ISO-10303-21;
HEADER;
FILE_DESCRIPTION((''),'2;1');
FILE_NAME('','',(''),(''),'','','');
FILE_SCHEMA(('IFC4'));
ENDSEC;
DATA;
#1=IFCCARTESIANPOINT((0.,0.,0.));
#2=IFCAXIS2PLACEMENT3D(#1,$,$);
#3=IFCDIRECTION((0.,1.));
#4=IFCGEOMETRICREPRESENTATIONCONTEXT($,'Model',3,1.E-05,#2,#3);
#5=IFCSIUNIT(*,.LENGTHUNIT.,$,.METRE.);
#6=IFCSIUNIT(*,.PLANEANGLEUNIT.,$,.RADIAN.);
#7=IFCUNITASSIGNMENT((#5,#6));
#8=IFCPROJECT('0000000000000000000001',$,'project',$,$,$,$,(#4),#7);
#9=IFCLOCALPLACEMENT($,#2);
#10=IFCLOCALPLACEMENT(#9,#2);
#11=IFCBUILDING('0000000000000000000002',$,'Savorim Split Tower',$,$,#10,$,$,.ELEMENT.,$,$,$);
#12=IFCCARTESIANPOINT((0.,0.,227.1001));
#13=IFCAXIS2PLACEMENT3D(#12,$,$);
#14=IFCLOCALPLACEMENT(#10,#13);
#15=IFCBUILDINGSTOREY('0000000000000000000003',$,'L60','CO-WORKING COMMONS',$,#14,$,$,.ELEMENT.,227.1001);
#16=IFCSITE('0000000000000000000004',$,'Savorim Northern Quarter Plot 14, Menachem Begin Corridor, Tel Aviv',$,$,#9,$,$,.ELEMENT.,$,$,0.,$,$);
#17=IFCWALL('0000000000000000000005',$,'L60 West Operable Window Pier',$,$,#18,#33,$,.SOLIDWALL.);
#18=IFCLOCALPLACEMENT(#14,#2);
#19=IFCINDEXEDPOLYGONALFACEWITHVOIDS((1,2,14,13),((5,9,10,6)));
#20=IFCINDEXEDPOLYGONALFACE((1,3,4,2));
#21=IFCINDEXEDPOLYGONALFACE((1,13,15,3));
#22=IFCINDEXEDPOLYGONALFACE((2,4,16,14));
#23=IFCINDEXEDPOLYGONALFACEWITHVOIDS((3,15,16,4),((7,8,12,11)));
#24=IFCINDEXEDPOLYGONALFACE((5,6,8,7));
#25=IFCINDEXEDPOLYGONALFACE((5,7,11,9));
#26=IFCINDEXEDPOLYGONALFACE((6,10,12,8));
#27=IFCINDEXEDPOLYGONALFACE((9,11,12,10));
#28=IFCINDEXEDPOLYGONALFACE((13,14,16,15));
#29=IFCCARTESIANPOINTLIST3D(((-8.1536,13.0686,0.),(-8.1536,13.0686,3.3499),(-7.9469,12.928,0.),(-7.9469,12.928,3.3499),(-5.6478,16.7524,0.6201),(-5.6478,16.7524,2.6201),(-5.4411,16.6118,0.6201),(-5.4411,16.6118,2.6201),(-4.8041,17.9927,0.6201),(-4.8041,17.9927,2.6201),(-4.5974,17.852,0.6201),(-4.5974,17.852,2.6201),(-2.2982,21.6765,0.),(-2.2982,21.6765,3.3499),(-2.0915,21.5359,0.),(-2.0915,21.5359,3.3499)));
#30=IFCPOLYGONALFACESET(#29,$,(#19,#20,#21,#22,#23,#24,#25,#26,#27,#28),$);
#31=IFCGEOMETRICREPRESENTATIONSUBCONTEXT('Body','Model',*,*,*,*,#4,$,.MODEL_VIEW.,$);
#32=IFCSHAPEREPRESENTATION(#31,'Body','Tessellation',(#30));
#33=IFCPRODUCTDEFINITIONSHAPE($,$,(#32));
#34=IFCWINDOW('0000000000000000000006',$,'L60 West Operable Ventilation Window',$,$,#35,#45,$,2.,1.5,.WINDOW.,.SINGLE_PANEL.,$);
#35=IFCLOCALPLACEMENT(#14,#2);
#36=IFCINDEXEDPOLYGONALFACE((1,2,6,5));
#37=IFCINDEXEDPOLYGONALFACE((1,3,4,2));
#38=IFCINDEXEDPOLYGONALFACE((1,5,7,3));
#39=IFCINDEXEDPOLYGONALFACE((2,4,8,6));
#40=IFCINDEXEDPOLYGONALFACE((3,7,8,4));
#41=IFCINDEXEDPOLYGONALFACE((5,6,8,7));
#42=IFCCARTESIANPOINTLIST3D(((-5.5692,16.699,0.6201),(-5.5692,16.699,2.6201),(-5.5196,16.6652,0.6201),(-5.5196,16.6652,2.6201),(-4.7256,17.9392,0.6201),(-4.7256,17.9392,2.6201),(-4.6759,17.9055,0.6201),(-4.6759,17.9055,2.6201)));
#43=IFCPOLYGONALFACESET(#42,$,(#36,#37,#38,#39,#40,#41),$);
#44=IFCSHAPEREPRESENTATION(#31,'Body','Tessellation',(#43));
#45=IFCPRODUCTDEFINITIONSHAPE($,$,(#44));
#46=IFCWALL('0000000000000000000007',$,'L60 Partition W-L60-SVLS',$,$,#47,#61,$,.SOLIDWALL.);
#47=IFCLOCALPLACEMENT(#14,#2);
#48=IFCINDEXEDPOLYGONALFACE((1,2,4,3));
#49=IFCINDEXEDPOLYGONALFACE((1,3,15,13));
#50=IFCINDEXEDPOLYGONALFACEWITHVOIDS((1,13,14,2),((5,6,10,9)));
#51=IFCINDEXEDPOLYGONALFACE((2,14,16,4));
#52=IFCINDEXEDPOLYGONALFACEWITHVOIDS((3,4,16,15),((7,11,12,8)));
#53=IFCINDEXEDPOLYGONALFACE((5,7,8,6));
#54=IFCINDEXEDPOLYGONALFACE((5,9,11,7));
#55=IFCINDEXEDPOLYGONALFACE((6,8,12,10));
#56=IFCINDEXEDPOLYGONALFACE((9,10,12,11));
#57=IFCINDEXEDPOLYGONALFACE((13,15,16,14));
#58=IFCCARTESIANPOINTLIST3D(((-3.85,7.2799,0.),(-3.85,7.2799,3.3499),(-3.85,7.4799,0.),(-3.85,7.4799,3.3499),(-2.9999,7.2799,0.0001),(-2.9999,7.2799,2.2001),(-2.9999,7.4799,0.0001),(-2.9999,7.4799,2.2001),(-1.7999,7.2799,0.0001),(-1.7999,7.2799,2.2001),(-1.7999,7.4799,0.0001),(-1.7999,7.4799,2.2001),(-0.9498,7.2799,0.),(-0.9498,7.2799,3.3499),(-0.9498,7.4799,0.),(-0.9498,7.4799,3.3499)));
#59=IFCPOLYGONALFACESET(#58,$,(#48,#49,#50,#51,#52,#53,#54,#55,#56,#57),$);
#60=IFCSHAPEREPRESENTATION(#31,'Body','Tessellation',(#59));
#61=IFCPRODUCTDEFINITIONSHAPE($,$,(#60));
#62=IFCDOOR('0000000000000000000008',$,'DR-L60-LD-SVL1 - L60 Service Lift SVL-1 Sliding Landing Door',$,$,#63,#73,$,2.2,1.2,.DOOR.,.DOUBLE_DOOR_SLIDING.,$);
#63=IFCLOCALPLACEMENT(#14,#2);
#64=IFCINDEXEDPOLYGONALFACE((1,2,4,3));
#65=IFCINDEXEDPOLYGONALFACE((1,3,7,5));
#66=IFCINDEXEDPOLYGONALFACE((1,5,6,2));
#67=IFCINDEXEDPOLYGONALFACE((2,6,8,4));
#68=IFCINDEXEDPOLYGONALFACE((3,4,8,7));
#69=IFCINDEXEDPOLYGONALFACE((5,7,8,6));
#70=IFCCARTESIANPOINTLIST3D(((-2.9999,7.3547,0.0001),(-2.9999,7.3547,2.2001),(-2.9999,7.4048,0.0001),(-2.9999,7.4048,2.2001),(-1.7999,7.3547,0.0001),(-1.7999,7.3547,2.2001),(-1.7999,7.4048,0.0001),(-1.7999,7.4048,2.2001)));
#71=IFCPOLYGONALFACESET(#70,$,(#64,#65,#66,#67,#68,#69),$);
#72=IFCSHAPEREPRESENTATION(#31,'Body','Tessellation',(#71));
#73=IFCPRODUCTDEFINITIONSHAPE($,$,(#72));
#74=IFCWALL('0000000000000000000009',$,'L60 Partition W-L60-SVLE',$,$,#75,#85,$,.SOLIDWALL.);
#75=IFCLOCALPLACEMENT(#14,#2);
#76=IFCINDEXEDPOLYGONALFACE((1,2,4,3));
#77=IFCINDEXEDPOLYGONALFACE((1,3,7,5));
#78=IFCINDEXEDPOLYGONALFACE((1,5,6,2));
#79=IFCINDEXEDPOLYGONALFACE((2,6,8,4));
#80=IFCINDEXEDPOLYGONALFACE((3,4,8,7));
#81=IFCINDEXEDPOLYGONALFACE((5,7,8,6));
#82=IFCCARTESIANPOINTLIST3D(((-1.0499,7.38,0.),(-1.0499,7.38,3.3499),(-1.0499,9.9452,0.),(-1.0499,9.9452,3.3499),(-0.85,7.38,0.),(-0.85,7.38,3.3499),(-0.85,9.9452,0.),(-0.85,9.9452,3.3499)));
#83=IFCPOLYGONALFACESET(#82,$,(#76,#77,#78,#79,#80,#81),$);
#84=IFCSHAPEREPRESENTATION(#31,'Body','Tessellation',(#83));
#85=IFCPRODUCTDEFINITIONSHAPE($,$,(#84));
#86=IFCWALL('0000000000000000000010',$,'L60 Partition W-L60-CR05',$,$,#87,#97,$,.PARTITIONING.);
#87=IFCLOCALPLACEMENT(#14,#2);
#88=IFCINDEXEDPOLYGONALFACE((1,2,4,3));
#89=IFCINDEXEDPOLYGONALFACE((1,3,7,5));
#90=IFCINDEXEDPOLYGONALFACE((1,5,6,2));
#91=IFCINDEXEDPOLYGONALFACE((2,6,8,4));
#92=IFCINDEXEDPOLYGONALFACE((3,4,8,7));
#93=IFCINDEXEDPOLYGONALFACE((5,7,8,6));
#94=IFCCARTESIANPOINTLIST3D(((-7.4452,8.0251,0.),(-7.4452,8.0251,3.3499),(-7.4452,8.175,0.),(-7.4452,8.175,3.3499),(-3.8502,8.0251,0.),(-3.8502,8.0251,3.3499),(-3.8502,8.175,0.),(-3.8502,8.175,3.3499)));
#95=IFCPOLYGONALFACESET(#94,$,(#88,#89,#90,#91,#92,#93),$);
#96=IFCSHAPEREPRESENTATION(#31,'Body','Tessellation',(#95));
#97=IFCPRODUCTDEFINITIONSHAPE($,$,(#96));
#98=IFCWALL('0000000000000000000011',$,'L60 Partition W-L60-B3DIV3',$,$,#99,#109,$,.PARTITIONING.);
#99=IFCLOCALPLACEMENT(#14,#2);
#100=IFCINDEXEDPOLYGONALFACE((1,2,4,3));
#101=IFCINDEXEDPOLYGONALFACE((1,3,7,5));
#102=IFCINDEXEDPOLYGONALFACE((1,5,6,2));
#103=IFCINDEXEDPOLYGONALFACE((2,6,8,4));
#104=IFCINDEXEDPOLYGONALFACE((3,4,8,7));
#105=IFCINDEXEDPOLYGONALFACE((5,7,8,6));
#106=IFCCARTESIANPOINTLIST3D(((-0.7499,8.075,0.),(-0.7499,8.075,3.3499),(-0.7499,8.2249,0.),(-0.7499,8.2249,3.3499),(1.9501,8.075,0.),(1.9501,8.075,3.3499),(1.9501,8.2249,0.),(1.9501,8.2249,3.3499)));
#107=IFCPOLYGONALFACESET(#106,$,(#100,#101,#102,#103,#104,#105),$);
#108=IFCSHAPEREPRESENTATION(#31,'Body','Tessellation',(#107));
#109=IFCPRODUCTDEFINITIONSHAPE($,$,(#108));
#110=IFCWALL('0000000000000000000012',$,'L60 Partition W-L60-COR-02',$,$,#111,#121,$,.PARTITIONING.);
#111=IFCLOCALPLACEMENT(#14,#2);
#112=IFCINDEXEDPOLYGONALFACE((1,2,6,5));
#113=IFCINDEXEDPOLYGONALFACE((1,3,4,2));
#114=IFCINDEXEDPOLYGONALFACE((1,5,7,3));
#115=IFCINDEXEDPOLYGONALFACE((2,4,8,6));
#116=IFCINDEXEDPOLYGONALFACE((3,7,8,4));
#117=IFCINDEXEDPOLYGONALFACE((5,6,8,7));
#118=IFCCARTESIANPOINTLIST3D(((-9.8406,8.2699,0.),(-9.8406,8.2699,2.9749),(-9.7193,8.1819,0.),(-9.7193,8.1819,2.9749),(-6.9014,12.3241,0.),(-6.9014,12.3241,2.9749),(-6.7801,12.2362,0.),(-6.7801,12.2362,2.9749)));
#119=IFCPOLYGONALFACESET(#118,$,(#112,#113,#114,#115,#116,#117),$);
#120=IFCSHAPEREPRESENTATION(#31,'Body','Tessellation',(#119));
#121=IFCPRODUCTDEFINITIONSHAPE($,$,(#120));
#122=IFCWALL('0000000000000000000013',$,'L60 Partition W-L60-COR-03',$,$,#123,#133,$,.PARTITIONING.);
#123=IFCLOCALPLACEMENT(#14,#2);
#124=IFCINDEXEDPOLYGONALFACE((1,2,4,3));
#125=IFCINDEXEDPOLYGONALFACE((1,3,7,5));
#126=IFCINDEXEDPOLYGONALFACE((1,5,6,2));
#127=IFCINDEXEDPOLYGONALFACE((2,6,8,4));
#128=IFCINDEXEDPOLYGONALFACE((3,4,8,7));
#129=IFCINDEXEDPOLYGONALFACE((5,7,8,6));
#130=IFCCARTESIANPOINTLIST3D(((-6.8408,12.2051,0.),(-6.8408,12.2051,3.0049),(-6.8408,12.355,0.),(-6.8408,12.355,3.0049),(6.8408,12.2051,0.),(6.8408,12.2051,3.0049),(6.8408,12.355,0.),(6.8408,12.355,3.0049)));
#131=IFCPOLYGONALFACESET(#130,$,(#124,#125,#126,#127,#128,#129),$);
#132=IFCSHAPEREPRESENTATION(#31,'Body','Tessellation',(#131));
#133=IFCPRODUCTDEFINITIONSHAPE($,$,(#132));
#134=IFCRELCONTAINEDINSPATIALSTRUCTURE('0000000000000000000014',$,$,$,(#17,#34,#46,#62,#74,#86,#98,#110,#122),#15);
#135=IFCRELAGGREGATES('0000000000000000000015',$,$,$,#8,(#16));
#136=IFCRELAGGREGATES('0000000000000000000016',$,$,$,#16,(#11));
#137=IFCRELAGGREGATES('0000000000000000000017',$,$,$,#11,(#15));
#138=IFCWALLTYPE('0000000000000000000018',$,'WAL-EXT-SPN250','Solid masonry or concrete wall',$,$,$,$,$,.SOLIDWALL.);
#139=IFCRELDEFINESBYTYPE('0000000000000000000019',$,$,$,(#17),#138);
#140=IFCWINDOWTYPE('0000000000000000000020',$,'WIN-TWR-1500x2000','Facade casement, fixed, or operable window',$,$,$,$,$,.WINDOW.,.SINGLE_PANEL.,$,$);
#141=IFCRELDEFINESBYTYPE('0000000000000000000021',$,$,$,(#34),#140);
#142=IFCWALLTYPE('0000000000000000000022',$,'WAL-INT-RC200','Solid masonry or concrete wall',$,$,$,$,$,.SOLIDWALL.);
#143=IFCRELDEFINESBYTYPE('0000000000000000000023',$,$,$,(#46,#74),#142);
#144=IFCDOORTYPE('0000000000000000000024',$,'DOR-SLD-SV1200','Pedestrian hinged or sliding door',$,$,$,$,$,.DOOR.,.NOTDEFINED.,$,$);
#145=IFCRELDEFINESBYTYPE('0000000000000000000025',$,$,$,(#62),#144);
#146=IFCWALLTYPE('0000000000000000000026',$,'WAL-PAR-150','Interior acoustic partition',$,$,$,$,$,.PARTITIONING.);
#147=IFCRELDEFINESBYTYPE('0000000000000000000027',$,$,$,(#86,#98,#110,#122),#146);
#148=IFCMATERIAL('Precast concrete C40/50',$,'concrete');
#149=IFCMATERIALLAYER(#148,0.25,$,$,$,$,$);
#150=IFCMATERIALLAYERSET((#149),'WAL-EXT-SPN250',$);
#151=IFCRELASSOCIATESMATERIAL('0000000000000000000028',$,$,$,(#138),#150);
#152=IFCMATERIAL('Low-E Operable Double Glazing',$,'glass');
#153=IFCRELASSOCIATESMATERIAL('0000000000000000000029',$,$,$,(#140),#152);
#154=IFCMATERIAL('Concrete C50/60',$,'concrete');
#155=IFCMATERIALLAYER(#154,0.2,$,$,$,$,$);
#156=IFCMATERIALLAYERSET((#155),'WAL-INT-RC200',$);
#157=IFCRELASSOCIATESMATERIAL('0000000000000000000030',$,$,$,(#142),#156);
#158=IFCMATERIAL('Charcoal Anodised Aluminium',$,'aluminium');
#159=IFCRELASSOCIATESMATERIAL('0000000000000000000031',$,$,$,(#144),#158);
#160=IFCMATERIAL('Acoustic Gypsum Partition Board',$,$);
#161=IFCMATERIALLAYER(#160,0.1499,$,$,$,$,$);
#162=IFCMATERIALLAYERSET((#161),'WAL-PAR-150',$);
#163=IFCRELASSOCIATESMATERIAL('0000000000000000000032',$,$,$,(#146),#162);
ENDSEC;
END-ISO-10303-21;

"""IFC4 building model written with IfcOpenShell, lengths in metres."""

from ifc_helpers import new_model, si_unit, direction, frame, frame_2d, origin, place, context, subcontext, project, spatial, rectangle, extrude, material, layer, layer_set, type_object, element, fill, save


model = new_model("IFC4")

# Units and contexts
model_context = context("Model", 3, precision=1e-05, world=origin(), true_north=direction((0.0, 1.0)))
body_context = subcontext(model_context, "Body", "Model", "MODEL_VIEW")
ifc_project = project(units=[si_unit("LENGTHUNIT", "METRE"), si_unit("PLANEANGLEUNIT", "RADIAN")], contexts=[model_context])

# Site, building, storey
site_placement = place(None, origin())
site = spatial("IfcSite", under=ifc_project, at=site_placement, Name="Savorim Northern Quarter Plot 14, Menachem Begin Corridor, Tel Aviv", CompositionType="ELEMENT", RefElevation=0.0)
building_placement = place(site_placement, origin())
building = spatial("IfcBuilding", under=site, at=building_placement, Name="Savorim Split Tower", CompositionType="ELEMENT")
storey_placement = place(building_placement, frame((0.0, 0.0, 227.1001)))
storey = spatial("IfcBuildingStorey", under=building, at=storey_placement, Name="L60", Description="CO-WORKING COMMONS", CompositionType="ELEMENT", Elevation=227.1001)

# Shared definitions
ifc_material_1 = material(Name="Charcoal Anodised Aluminium", Category="aluminium")

# Wall, opening, window
ifc_material_2 = material(Name="Precast concrete C40/50", Category="concrete")
ifc_material_3 = material(Name="Low-E Operable Double Glazing", Category="glass")
ifc_layer_1 = layer(ifc_material_2, 0.25)
ifc_layer_set_1 = layer_set([ifc_layer_1], Name="WAL-EXT-SPN250")
wall_type_1 = type_object("IfcWallType", Name="WAL-EXT-SPN250", Description="Solid masonry or concrete wall", PredefinedType="SOLIDWALL", material=ifc_layer_set_1)
wall_1_placement = place(storey_placement, frame((-8.0503, 12.9983, 0.0), z_axis=(0.0, 0.0, 1.0), x_axis=(0.562447, 0.826833, 0.0)))
wall_1 = element("IfcWall", 1, at=wall_1_placement, inside=storey, type_object=wall_type_1, Name="L60 West Operable Window Pier", PredefinedType="SOLIDWALL", context=body_context, shape_type="SweptSolid", body=[
    extrude(rectangle(XDim=10.4106, YDim=0.25, at=frame_2d((5.2053, 0.0))), origin(), (0.0, 0.0, 1.0), 3.3499),
])
opening_1_placement = place(wall_1_placement, frame((4.4553, 0.0, 0.6201)))
opening_1 = element("IfcOpeningElement", 2, at=opening_1_placement, cuts=wall_1, PredefinedType="OPENING", context=body_context, shape_type="SweptSolid", body=[
    extrude(rectangle(XDim=1.5, YDim=2.0, at=frame_2d((0.75, 1.0))), frame((0.0, 0.135, 0.0), z_axis=(0.0, -1.0, 0.0), x_axis=(1.0, 0.0, 0.0)), (0.0, 0.0, 1.0), 0.27),
])
window_type_1 = type_object("IfcWindowType", Name="WIN-TWR-1500x2000", Description="Facade casement, fixed, or operable window", PartitioningType="SINGLE_PANEL", PredefinedType="WINDOW", material=ifc_material_3)
window_1_placement = place(opening_1_placement, origin())
window_1 = element("IfcWindow", 3, at=window_1_placement, inside=storey, type_object=window_type_1, Name="L60 West Operable Ventilation Window", OverallHeight=2.0, OverallWidth=1.5, PartitioningType="SINGLE_PANEL", PredefinedType="WINDOW", context=body_context, shape_type="SweptSolid", body=[
    extrude(rectangle(XDim=1.5, YDim=2.0, at=frame_2d((0.75, 1.0))), frame((0.0, 0.03, 0.0), z_axis=(0.0, -1.0, 0.0), x_axis=(1.0, 0.0, 0.0)), (0.0, 0.0, 1.0), 0.0601),
])
fill(opening_1, window_1)

# Wall, opening, door
ifc_material_4 = material(Name="Concrete C50/60", Category="concrete")
ifc_layer_2 = layer(ifc_material_4, 0.2)
ifc_layer_set_2 = layer_set([ifc_layer_2], Name="WAL-INT-RC200")
wall_type_2 = type_object("IfcWallType", Name="WAL-INT-RC200", Description="Solid masonry or concrete wall", PredefinedType="SOLIDWALL", material=ifc_layer_set_2)
wall_2_placement = place(storey_placement, frame((-3.8501, 7.3799, 0.0), z_axis=(0.0, 0.0, 1.0), x_axis=(1.0, 0.0, 0.0)))
wall_2 = element("IfcWall", 4, at=wall_2_placement, inside=storey, type_object=wall_type_2, Name="L60 Partition W-L60-SVLS", PredefinedType="SOLIDWALL", context=body_context, shape_type="SweptSolid", body=[
    extrude(rectangle(XDim=2.9001, YDim=0.2, at=frame_2d((1.4502, 0.0))), origin(), (0.0, 0.0, 1.0), 3.3499),
])
opening_2_placement = place(wall_2_placement, frame((0.8501, 0.0, 0.0)))
opening_2 = element("IfcOpeningElement", 5, at=opening_2_placement, cuts=wall_2, PredefinedType="OPENING", context=body_context, shape_type="SweptSolid", body=[
    extrude(rectangle(XDim=1.2, YDim=2.2, at=frame_2d((0.6001, 1.1001))), frame((0.0, 0.1099, 0.0), z_axis=(0.0, -1.0, 0.0), x_axis=(1.0, 0.0, 0.0)), (0.0, 0.0, 1.0), 0.22),
])
door_type = type_object("IfcDoorType", Name="DOR-SLD-SV1200", Description="Pedestrian hinged or sliding door", OperationType="NOTDEFINED", PredefinedType="DOOR", material=ifc_material_1)
door_placement = place(opening_2_placement, origin())
door = element("IfcDoor", 6, at=door_placement, inside=storey, type_object=door_type, Name="DR-L60-LD-SVL1 - L60 Service Lift SVL-1 Sliding Landing Door", OperationType="DOUBLE_DOOR_SLIDING", OverallHeight=2.2, OverallWidth=1.2, PredefinedType="DOOR", context=body_context, shape_type="SweptSolid", body=[
    extrude(rectangle(XDim=1.2, YDim=2.2, at=frame_2d((0.6001, 1.1001))), frame((0.0, 0.0249, 0.0), z_axis=(0.0, -1.0, 0.0), x_axis=(1.0, 0.0, 0.0)), (0.0, 0.0, 1.0), 0.05),
])
fill(opening_2, door)

# Walls
wall_3_placement = place(storey_placement, frame((-0.95, 7.3799, 0.0), z_axis=(0.0, 0.0, 1.0), x_axis=(0.0, 1.0, 0.0)))
element("IfcWall", 7, at=wall_3_placement, inside=storey, type_object=wall_type_2, Name="L60 Partition W-L60-SVLE", PredefinedType="SOLIDWALL", context=body_context, shape_type="SweptSolid", body=[
    extrude(rectangle(XDim=2.5652, YDim=0.2, at=frame_2d((1.2827, 0.0))), origin(), (0.0, 0.0, 1.0), 3.3499),
])
ifc_material_5 = material(Name="Acoustic Gypsum Partition Board")
ifc_layer_3 = layer(ifc_material_5, 0.1499)
ifc_layer_set_3 = layer_set([ifc_layer_3], Name="WAL-PAR-150")
wall_type_3 = type_object("IfcWallType", Name="WAL-PAR-150", Description="Interior acoustic partition", PredefinedType="PARTITIONING", material=ifc_layer_set_3)
wall_4_placement = place(storey_placement, frame((-7.4451, 8.1001, 0.0), z_axis=(0.0, 0.0, 1.0), x_axis=(1.0, 0.0, 0.0)))
element("IfcWall", 8, at=wall_4_placement, inside=storey, type_object=wall_type_3, Name="L60 Partition W-L60-CR05", PredefinedType="PARTITIONING", context=body_context, shape_type="SweptSolid", body=[
    extrude(rectangle(XDim=3.595, YDim=0.1499, at=frame_2d((1.7974, 0.0))), origin(), (0.0, 0.0, 1.0), 3.3499),
])
wall_5_placement = place(storey_placement, frame((-0.75, 8.1499, 0.0), z_axis=(0.0, 0.0, 1.0), x_axis=(1.0, 0.0, 0.0)))
element("IfcWall", 9, at=wall_5_placement, inside=storey, type_object=wall_type_3, Name="L60 Partition W-L60-B3DIV3", PredefinedType="PARTITIONING", context=body_context, shape_type="SweptSolid", body=[
    extrude(rectangle(XDim=2.7, YDim=0.1499, at=frame_2d((1.3501, 0.0))), origin(), (0.0, 0.0, 1.0), 3.3499),
])
wall_6_placement = place(storey_placement, frame((-9.78, 8.2258, 0.0), z_axis=(0.0, 0.0, 1.0), x_axis=(0.586956, 0.809619, 0.0)))
element("IfcWall", 10, at=wall_6_placement, inside=storey, type_object=wall_type_3, Name="L60 Partition W-L60-COR-02", PredefinedType="PARTITIONING", context=body_context, shape_type="SweptSolid", body=[
    extrude(rectangle(XDim=5.0076, YDim=0.1499, at=frame_2d((2.5039, 0.0))), origin(), (0.0, 0.0, 1.0), 2.9749),
])
wall_7_placement = place(storey_placement, frame((-6.8408, 12.28, 0.0), z_axis=(0.0, 0.0, 1.0), x_axis=(1.0, 0.0, 0.0)))
element("IfcWall", 11, at=wall_7_placement, inside=storey, type_object=wall_type_3, Name="L60 Partition W-L60-COR-03", PredefinedType="PARTITIONING", context=body_context, shape_type="SweptSolid", body=[
    extrude(rectangle(XDim=13.6816, YDim=0.1499, at=frame_2d((6.8408, 0.0))), origin(), (0.0, 0.0, 1.0), 3.0049),
])

save(model, "model.ifc")
